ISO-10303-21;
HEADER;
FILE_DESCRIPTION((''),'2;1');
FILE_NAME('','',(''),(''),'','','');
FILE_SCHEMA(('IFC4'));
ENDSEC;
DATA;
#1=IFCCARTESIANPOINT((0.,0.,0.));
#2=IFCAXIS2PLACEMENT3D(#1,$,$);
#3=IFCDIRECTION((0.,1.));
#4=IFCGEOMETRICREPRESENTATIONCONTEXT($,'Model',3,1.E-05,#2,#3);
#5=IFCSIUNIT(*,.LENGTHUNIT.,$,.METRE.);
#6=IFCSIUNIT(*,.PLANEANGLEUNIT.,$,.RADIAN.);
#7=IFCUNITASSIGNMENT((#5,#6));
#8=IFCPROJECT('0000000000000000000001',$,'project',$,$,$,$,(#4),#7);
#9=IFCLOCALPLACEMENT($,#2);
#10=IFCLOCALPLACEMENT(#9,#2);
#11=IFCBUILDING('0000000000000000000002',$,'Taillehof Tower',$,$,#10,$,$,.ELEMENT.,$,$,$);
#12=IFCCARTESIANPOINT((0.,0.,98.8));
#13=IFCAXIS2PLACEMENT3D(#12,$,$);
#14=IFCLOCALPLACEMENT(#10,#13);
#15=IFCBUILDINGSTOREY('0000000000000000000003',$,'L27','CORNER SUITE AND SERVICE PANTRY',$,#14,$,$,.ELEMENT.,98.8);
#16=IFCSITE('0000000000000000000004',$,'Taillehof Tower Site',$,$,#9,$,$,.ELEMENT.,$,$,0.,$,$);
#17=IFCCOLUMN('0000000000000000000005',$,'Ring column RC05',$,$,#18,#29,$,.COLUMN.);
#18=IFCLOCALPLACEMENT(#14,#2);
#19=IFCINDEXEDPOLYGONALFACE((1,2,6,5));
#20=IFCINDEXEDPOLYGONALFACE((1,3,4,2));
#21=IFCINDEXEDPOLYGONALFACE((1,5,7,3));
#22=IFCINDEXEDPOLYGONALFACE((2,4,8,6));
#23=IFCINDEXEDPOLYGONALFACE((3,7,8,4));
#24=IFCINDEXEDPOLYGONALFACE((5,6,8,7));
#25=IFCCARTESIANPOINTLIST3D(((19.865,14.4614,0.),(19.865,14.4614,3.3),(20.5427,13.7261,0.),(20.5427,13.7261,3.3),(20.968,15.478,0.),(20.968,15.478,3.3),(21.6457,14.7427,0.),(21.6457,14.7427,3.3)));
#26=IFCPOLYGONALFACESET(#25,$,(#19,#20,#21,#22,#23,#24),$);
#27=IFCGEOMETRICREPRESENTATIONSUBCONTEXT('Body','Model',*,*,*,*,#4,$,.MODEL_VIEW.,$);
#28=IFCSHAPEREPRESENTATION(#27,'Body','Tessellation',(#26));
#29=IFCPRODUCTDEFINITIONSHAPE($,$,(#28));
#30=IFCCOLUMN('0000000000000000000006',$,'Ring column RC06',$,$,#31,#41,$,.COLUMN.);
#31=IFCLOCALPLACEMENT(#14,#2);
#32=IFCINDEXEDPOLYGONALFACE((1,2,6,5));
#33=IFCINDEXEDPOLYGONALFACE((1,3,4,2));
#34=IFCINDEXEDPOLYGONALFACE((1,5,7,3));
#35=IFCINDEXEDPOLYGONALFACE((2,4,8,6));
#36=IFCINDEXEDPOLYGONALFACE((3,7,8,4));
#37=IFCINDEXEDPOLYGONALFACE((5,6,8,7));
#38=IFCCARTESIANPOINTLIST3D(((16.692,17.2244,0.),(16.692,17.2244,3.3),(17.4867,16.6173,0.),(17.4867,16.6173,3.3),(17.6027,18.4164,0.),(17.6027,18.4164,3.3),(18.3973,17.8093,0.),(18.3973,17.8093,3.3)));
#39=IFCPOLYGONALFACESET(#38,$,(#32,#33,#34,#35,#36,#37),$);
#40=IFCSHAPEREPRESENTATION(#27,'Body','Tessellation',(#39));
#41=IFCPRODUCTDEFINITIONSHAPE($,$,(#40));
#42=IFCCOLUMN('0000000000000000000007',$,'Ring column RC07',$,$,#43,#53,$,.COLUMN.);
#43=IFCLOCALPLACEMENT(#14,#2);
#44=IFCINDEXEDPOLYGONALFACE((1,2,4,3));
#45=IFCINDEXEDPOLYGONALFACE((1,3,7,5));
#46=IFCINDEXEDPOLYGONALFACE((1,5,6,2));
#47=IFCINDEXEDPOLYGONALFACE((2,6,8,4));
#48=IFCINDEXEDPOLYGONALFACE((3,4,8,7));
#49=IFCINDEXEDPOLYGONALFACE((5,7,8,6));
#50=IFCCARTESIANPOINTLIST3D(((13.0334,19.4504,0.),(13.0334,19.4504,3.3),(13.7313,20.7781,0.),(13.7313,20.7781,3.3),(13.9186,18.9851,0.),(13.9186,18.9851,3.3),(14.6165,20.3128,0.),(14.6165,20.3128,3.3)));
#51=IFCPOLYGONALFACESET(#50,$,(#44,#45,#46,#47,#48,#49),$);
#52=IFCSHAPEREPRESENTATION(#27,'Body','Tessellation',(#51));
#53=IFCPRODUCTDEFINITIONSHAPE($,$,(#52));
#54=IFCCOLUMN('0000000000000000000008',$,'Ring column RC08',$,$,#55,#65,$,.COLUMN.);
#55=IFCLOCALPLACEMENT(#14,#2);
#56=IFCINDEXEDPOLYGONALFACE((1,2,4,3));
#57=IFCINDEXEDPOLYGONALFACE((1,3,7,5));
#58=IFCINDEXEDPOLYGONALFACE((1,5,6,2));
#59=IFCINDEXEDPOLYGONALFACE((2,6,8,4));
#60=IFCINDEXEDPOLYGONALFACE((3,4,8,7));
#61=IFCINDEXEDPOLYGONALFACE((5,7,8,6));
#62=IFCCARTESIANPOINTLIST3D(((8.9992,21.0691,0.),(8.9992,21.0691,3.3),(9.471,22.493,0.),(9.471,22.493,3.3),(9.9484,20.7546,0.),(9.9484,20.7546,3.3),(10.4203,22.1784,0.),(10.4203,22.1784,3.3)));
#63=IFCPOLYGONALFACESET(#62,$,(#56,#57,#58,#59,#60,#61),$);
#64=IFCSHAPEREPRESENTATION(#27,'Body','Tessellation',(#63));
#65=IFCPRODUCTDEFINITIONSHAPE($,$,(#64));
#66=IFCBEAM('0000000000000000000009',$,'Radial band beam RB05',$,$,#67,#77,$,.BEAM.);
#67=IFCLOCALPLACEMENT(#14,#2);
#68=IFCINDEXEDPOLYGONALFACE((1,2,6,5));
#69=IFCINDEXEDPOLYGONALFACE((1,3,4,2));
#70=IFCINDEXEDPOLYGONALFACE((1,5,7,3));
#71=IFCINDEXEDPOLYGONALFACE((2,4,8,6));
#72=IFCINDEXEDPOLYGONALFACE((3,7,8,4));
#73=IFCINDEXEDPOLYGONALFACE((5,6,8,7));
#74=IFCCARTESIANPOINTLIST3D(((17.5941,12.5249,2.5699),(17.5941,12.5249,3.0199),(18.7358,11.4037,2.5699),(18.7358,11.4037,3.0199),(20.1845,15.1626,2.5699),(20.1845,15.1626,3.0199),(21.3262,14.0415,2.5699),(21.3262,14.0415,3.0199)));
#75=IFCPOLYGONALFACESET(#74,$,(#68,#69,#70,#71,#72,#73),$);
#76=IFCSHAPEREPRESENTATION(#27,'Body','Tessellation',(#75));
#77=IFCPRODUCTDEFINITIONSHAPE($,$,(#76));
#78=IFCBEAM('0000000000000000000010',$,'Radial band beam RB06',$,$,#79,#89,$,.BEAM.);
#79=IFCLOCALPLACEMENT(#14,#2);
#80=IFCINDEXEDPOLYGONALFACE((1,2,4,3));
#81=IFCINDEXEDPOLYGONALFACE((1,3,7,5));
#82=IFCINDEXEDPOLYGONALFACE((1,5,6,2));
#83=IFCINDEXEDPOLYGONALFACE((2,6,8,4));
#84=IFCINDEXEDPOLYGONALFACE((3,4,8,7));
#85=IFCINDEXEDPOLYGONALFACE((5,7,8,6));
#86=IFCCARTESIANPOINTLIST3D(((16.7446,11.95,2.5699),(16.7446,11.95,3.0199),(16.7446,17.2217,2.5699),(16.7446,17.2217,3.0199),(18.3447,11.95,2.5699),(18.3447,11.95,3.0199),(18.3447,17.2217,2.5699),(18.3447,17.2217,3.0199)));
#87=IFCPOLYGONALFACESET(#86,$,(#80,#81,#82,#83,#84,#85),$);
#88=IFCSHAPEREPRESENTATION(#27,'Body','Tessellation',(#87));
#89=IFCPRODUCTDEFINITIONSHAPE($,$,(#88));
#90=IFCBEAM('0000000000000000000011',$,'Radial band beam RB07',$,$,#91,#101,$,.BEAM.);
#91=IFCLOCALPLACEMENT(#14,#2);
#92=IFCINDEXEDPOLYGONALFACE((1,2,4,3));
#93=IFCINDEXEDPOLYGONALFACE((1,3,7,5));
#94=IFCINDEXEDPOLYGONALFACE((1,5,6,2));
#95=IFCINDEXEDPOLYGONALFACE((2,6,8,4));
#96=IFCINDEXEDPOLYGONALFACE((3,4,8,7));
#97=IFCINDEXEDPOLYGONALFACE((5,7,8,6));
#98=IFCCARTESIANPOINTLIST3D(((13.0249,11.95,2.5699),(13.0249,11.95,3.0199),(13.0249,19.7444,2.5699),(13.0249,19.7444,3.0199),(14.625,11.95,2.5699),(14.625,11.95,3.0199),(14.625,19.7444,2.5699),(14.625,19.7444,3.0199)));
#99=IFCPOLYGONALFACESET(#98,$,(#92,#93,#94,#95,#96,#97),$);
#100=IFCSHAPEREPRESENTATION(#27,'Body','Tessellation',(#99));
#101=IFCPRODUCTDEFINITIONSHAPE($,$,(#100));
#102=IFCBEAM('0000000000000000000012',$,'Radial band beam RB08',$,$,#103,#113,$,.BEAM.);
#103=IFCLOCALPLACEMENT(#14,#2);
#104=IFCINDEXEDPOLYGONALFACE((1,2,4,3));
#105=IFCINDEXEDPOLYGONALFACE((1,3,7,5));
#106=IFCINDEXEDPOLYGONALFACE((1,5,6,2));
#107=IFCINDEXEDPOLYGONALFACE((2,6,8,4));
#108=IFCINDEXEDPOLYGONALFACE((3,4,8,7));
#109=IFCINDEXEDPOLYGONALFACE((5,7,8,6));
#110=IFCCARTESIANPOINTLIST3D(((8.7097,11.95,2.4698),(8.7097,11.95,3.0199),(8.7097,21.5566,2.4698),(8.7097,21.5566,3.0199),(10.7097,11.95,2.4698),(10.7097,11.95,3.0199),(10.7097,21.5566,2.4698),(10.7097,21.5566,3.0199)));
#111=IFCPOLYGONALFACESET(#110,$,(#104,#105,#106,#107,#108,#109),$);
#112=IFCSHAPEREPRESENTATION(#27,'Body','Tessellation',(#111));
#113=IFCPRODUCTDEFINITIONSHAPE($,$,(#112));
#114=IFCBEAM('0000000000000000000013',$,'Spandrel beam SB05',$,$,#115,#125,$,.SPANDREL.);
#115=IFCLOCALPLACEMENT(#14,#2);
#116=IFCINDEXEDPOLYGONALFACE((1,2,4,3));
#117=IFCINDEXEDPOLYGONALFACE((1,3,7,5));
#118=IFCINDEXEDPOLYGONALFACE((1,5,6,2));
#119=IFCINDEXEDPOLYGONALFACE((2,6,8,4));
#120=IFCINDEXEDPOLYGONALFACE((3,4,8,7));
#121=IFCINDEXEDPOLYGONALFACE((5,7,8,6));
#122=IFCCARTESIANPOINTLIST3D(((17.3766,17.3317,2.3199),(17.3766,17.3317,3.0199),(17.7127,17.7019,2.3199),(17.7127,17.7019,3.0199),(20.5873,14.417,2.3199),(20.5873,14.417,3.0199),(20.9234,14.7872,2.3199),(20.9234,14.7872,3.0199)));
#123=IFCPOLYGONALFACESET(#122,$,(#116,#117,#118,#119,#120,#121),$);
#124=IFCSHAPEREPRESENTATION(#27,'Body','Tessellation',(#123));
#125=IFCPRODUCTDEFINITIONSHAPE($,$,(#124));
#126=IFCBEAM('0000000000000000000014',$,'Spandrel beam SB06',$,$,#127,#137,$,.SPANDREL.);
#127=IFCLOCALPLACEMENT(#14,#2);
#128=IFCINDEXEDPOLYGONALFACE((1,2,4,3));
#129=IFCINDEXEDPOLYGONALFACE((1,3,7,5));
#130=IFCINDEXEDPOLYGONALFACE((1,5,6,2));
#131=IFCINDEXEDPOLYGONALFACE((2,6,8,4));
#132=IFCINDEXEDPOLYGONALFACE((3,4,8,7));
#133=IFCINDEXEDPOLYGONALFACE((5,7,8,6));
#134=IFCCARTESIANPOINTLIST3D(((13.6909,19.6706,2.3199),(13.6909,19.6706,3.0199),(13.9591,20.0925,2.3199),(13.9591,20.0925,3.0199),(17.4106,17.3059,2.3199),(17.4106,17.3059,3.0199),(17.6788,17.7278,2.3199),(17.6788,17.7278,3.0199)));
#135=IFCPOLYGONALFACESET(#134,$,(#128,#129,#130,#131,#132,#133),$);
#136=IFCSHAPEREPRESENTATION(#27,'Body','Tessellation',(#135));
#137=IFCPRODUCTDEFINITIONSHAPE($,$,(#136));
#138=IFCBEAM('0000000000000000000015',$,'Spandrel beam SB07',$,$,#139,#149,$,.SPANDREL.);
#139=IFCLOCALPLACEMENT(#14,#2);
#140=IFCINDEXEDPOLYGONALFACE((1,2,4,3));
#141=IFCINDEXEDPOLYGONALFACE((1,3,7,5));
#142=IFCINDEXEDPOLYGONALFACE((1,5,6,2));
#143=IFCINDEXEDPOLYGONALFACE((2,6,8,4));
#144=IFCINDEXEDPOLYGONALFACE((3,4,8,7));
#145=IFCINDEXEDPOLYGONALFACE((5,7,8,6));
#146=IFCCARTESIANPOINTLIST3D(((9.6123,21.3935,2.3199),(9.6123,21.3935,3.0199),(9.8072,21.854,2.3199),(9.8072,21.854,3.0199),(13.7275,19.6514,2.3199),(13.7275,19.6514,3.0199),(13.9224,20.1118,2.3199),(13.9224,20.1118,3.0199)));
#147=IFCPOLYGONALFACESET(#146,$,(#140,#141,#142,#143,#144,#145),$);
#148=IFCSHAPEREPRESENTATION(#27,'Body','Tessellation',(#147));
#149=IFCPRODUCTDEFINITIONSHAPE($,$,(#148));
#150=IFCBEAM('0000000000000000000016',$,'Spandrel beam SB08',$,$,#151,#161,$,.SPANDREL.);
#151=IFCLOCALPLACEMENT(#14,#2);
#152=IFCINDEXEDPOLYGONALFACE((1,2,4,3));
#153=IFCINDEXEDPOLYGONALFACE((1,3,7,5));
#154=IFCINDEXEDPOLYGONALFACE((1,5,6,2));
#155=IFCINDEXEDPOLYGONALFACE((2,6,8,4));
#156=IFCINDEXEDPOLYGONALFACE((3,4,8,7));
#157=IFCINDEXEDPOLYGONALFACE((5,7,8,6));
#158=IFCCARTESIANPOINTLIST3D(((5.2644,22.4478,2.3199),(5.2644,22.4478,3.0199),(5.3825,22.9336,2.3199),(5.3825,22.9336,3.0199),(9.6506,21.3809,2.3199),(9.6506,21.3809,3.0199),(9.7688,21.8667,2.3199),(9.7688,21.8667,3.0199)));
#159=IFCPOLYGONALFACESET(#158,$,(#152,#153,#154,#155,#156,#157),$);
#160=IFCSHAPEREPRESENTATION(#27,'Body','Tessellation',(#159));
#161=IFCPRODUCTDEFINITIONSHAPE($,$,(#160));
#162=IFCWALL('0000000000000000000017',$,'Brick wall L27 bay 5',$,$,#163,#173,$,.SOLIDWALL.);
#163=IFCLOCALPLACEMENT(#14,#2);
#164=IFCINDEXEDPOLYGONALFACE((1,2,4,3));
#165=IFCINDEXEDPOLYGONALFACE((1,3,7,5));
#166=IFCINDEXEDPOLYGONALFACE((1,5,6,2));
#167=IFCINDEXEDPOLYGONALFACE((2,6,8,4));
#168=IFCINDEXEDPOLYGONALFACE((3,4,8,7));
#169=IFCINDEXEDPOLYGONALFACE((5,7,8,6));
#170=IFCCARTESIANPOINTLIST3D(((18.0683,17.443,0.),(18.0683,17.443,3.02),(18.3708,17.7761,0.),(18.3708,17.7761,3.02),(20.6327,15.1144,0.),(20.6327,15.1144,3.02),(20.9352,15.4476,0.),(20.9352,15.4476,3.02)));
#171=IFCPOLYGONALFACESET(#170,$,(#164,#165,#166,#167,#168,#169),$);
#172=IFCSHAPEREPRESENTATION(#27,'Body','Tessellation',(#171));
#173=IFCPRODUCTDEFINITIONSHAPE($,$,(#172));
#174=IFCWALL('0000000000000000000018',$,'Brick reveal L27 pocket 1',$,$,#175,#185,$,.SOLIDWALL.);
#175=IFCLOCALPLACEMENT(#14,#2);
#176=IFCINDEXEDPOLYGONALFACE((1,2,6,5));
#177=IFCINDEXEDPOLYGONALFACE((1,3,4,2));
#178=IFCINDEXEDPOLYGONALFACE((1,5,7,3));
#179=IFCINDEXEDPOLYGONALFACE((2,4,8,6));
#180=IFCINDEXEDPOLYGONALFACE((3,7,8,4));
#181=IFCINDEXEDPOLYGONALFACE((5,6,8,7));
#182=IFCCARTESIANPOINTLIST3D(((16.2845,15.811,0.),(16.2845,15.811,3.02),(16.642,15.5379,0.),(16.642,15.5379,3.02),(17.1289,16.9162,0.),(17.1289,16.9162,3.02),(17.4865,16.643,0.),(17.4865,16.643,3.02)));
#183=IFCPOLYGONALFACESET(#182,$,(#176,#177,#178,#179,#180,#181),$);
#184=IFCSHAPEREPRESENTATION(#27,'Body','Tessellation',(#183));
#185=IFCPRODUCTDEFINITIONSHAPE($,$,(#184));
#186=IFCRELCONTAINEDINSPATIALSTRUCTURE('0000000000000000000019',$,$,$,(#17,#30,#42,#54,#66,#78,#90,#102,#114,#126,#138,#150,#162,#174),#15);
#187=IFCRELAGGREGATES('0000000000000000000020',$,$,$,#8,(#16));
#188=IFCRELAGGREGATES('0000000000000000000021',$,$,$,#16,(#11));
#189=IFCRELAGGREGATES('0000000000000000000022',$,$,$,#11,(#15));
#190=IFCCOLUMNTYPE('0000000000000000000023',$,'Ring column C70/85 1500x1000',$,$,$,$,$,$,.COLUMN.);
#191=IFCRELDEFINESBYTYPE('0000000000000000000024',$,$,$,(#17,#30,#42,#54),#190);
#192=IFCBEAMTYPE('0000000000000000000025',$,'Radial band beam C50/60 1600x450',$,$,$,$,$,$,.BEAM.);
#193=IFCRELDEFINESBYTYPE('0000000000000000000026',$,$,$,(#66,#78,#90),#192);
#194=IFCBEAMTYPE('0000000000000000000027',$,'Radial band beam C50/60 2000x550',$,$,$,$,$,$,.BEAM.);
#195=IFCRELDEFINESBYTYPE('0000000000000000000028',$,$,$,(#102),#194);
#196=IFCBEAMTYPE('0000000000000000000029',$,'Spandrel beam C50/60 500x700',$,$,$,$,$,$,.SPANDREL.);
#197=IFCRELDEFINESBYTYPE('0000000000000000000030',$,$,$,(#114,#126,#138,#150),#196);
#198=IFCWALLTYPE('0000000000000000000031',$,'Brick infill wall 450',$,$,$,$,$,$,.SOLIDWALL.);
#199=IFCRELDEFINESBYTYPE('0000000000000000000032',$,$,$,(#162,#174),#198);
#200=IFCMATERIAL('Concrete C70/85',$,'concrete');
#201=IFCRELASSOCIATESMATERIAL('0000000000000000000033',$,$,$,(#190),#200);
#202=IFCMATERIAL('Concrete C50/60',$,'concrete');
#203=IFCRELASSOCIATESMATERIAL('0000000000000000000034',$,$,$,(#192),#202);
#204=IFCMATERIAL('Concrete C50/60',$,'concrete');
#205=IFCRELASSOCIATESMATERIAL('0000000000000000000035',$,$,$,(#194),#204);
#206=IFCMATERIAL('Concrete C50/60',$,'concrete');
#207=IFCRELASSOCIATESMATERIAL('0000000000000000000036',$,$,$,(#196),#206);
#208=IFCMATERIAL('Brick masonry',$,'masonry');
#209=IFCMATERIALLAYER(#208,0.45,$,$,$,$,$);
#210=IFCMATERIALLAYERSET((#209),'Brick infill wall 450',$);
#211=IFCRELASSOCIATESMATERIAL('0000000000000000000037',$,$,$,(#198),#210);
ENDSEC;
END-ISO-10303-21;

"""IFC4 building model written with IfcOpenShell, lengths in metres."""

from ifc_helpers import new_model, si_unit, direction, frame, frame_2d, origin, origin_2d, place, context, subcontext, project, spatial, rectangle, extrude, material, layer, layer_set, material_profile, profile_set, type_object, element, save


model = new_model("IFC4")

# Units and contexts
model_context = context("Model", 3, precision=1e-05, world=origin(), true_north=direction((0.0, 1.0)))
body_context = subcontext(model_context, "Body", "Model", "MODEL_VIEW")
ifc_project = project(units=[si_unit("LENGTHUNIT", "METRE"), si_unit("PLANEANGLEUNIT", "RADIAN")], contexts=[model_context])

# Site, building, storey
site_placement = place(None, origin())
site = spatial("IfcSite", under=ifc_project, at=site_placement, Name="Taillehof Tower Site", CompositionType="ELEMENT", RefElevation=0.0)
building_placement = place(site_placement, origin())
building = spatial("IfcBuilding", under=site, at=building_placement, Name="Taillehof Tower", CompositionType="ELEMENT")
storey_placement = place(building_placement, frame((0.0, 0.0, 98.8)))
storey = spatial("IfcBuildingStorey", under=building, at=storey_placement, Name="L27", Description="CORNER SUITE AND SERVICE PANTRY", CompositionType="ELEMENT", Elevation=98.8)

# Columns
ifc_material_1 = material(Name="Concrete C70/85", Category="concrete")
ifc_material_profile_1 = material_profile(ifc_material_1, rectangle(XDim=1.5, YDim=1.0, at=origin_2d()), Name="RC 1500x1000")
ifc_profile_set_1 = profile_set([ifc_material_profile_1], Name="Concrete C70/85")
column_type = type_object("IfcColumnType", Name="Ring column C70/85 1500x1000", PredefinedType="COLUMN", material=ifc_profile_set_1)
for number, where, z_axis, x_axis, name in (
    (1, (20.7554, 14.6021, 0.0), (0.0, 0.0, 1.0), (0.735332, 0.677707, 0.0), "Ring column RC05"),
    (2, (17.5447, 17.5168, 0.0), (0.0, 0.0, 1.0), (0.607074, 0.794645, 0.0), "Ring column RC06"),
    (3, (13.825, 19.8816, 0.0), (0.0, 0.0, 1.0), (0.465283, 0.885162, 0.0), "Ring column RC07"),
    (4, (9.7097, 21.6238, 0.0), (0.0, 0.0, 1.0), (0.314555, 0.949239, 0.0), "Ring column RC08"),
):
    element("IfcColumn", number, at=place(storey_placement, frame(where, z_axis=z_axis, x_axis=x_axis)), inside=storey, type_object=column_type, Name=name, PredefinedType="COLUMN", context=body_context, shape_type="SweptSolid", body=[
        extrude(rectangle(XDim=1.5, YDim=1.0, at=origin_2d()), origin(), (0.0, 0.0, 1.0), 3.3),
    ])

# Beams
ifc_material_2 = material(Name="Concrete C50/60", Category="concrete")
ifc_material_profile_2 = material_profile(ifc_material_2, rectangle(XDim=1.6001, YDim=0.45, at=origin_2d()), Name="RC 1600x450")
ifc_profile_set_2 = profile_set([ifc_material_profile_2], Name="Concrete C50/60")
beam_type_1 = type_object("IfcBeamType", Name="Radial band beam C50/60 1600x450", PredefinedType="BEAM", material=ifc_profile_set_2)
beam_1_placement = place(storey_placement, frame((20.7554, 14.6021, 2.7949), z_axis=(-0.700672, -0.713484, 0.0), x_axis=(0.713484, -0.700672, 0.0)))
element("IfcBeam", 5, at=beam_1_placement, inside=storey, type_object=beam_type_1, Name="Radial band beam RB05", PredefinedType="BEAM", context=body_context, shape_type="SweptSolid", body=[
    extrude(rectangle(XDim=1.6001, YDim=0.45, at=origin_2d()), origin(), (0.0, 0.0, 1.0), 3.697),
])
beam_2_placement = place(storey_placement, frame((17.5447, 17.2217, 2.7949), z_axis=(0.0, -1.0, 0.0), x_axis=(1.0, 0.0, 0.0)))
element("IfcBeam", 6, at=beam_2_placement, inside=storey, type_object=beam_type_1, Name="Radial band beam RB06", PredefinedType="BEAM", context=body_context, shape_type="SweptSolid", body=[
    extrude(rectangle(XDim=1.6001, YDim=0.45, at=origin_2d()), origin(), (0.0, 0.0, 1.0), 5.2717),
])
beam_3_placement = place(storey_placement, frame((13.825, 19.7444, 2.7949), z_axis=(0.0, -1.0, 0.0), x_axis=(1.0, 0.0, 0.0)))
element("IfcBeam", 7, at=beam_3_placement, inside=storey, type_object=beam_type_1, Name="Radial band beam RB07", PredefinedType="BEAM", context=body_context, shape_type="SweptSolid", body=[
    extrude(rectangle(XDim=1.6001, YDim=0.45, at=origin_2d()), origin(), (0.0, 0.0, 1.0), 7.7944),
])
ifc_material_3 = material(Name="Concrete C50/60", Category="concrete")
ifc_material_profile_3 = material_profile(ifc_material_3, rectangle(XDim=2.0, YDim=0.55, at=origin_2d()), Name="RC 2000x550")
ifc_profile_set_3 = profile_set([ifc_material_profile_3], Name="Concrete C50/60")
beam_type_2 = type_object("IfcBeamType", Name="Radial band beam C50/60 2000x550", PredefinedType="BEAM", material=ifc_profile_set_3)
beam_4_placement = place(storey_placement, frame((9.7097, 21.5566, 2.7449), z_axis=(0.0, -1.0, 0.0), x_axis=(1.0, 0.0, 0.0)))
element("IfcBeam", 8, at=beam_4_placement, inside=storey, type_object=beam_type_2, Name="Radial band beam RB08", PredefinedType="BEAM", context=body_context, shape_type="SweptSolid", body=[
    extrude(rectangle(XDim=2.0, YDim=0.55, at=origin_2d()), origin(), (0.0, 0.0, 1.0), 9.6067),
])
ifc_material_4 = material(Name="Concrete C50/60", Category="concrete")
ifc_material_profile_4 = material_profile(ifc_material_4, rectangle(XDim=0.5, YDim=0.7, at=origin_2d()), Name="RC 500x700")
ifc_profile_set_4 = profile_set([ifc_material_profile_4], Name="Concrete C50/60")
beam_type_3 = type_object("IfcBeamType", Name="Spandrel beam C50/60 500x700", PredefinedType="SPANDREL", material=ifc_profile_set_4)
beam_5_placement = place(storey_placement, frame((20.7554, 14.6021, 2.6699), z_axis=(-0.740401, 0.672165, 0.0), x_axis=(-0.672165, -0.740401, 0.0)))
element("IfcBeam", 9, at=beam_5_placement, inside=storey, type_object=beam_type_3, Name="Spandrel beam SB05", PredefinedType="SPANDREL", context=body_context, shape_type="SweptSolid", body=[
    extrude(rectangle(XDim=0.5, YDim=0.7, at=origin_2d()), origin(), (0.0, 0.0, 1.0), 4.3364),
])
beam_6_placement = place(storey_placement, frame((17.5447, 17.5168, 2.6699), z_axis=(-0.843903, 0.536496, 0.0), x_axis=(-0.536496, -0.843903, 0.0)))
element("IfcBeam", 10, at=beam_6_placement, inside=storey, type_object=beam_type_3, Name="Spandrel beam SB06", PredefinedType="SPANDREL", context=body_context, shape_type="SweptSolid", body=[
    extrude(rectangle(XDim=0.5, YDim=0.7, at=origin_2d()), origin(), (0.0, 0.0, 1.0), 4.4077),
])
beam_7_placement = place(storey_placement, frame((13.825, 19.8816, 2.6699), z_axis=(-0.920877, 0.389854, 0.0), x_axis=(-0.389854, -0.920877, 0.0)))
element("IfcBeam", 11, at=beam_7_placement, inside=storey, type_object=beam_type_3, Name="Spandrel beam SB07", PredefinedType="SPANDREL", context=body_context, shape_type="SweptSolid", body=[
    extrude(rectangle(XDim=0.5, YDim=0.7, at=origin_2d()), origin(), (0.0, 0.0, 1.0), 4.4688),
])
beam_8_placement = place(storey_placement, frame((9.7097, 21.6238, 2.6699), z_axis=(-0.971669, 0.236346, 0.0), x_axis=(-0.236346, -0.971669, 0.0)))
element("IfcBeam", 12, at=beam_8_placement, inside=storey, type_object=beam_type_3, Name="Spandrel beam SB08", PredefinedType="SPANDREL", context=body_context, shape_type="SweptSolid", body=[
    extrude(rectangle(XDim=0.5, YDim=0.7, at=origin_2d()), origin(), (0.0, 0.0, 1.0), 4.5142),
])

# Walls
ifc_material_5 = material(Name="Brick masonry", Category="masonry")
ifc_layer_1 = layer(ifc_material_5, 0.45)
ifc_layer_set_1 = layer_set([ifc_layer_1], Name="Brick infill wall 450")
wall_type_1 = type_object("IfcWallType", Name="Brick infill wall 450", PredefinedType="SOLIDWALL", material=ifc_layer_set_1)
wall_1_placement = place(storey_placement, frame((20.7839, 15.281, 0.0), z_axis=(0.0, 0.0, 1.0), x_axis=(-0.740329, 0.672245, 0.0)))
element("IfcWall", 13, at=wall_1_placement, inside=storey, type_object=wall_type_1, Name="Brick wall L27 bay 5", PredefinedType="SOLIDWALL", context=body_context, shape_type="SweptSolid", body=[
    extrude(rectangle(XDim=3.4639, YDim=0.45, at=frame_2d((1.7319, 0.0))), origin(), (0.0, 0.0, 1.0), 3.02),
])
wall_2_placement = place(storey_placement, frame((17.3076, 16.7795, 0.0), z_axis=(0.0, 0.0, 1.0), x_axis=(-0.607137, -0.794597, 0.0)))
element("IfcWall", 14, at=wall_2_placement, inside=storey, type_object=wall_type_1, Name="Brick reveal L27 pocket 1", PredefinedType="SOLIDWALL", context=body_context, shape_type="SweptSolid", body=[
    extrude(rectangle(XDim=1.3909, YDim=0.45, at=frame_2d((0.6953, 0.0))), origin(), (0.0, 0.0, 1.0), 3.02),
])

save(model, "model.ifc")
